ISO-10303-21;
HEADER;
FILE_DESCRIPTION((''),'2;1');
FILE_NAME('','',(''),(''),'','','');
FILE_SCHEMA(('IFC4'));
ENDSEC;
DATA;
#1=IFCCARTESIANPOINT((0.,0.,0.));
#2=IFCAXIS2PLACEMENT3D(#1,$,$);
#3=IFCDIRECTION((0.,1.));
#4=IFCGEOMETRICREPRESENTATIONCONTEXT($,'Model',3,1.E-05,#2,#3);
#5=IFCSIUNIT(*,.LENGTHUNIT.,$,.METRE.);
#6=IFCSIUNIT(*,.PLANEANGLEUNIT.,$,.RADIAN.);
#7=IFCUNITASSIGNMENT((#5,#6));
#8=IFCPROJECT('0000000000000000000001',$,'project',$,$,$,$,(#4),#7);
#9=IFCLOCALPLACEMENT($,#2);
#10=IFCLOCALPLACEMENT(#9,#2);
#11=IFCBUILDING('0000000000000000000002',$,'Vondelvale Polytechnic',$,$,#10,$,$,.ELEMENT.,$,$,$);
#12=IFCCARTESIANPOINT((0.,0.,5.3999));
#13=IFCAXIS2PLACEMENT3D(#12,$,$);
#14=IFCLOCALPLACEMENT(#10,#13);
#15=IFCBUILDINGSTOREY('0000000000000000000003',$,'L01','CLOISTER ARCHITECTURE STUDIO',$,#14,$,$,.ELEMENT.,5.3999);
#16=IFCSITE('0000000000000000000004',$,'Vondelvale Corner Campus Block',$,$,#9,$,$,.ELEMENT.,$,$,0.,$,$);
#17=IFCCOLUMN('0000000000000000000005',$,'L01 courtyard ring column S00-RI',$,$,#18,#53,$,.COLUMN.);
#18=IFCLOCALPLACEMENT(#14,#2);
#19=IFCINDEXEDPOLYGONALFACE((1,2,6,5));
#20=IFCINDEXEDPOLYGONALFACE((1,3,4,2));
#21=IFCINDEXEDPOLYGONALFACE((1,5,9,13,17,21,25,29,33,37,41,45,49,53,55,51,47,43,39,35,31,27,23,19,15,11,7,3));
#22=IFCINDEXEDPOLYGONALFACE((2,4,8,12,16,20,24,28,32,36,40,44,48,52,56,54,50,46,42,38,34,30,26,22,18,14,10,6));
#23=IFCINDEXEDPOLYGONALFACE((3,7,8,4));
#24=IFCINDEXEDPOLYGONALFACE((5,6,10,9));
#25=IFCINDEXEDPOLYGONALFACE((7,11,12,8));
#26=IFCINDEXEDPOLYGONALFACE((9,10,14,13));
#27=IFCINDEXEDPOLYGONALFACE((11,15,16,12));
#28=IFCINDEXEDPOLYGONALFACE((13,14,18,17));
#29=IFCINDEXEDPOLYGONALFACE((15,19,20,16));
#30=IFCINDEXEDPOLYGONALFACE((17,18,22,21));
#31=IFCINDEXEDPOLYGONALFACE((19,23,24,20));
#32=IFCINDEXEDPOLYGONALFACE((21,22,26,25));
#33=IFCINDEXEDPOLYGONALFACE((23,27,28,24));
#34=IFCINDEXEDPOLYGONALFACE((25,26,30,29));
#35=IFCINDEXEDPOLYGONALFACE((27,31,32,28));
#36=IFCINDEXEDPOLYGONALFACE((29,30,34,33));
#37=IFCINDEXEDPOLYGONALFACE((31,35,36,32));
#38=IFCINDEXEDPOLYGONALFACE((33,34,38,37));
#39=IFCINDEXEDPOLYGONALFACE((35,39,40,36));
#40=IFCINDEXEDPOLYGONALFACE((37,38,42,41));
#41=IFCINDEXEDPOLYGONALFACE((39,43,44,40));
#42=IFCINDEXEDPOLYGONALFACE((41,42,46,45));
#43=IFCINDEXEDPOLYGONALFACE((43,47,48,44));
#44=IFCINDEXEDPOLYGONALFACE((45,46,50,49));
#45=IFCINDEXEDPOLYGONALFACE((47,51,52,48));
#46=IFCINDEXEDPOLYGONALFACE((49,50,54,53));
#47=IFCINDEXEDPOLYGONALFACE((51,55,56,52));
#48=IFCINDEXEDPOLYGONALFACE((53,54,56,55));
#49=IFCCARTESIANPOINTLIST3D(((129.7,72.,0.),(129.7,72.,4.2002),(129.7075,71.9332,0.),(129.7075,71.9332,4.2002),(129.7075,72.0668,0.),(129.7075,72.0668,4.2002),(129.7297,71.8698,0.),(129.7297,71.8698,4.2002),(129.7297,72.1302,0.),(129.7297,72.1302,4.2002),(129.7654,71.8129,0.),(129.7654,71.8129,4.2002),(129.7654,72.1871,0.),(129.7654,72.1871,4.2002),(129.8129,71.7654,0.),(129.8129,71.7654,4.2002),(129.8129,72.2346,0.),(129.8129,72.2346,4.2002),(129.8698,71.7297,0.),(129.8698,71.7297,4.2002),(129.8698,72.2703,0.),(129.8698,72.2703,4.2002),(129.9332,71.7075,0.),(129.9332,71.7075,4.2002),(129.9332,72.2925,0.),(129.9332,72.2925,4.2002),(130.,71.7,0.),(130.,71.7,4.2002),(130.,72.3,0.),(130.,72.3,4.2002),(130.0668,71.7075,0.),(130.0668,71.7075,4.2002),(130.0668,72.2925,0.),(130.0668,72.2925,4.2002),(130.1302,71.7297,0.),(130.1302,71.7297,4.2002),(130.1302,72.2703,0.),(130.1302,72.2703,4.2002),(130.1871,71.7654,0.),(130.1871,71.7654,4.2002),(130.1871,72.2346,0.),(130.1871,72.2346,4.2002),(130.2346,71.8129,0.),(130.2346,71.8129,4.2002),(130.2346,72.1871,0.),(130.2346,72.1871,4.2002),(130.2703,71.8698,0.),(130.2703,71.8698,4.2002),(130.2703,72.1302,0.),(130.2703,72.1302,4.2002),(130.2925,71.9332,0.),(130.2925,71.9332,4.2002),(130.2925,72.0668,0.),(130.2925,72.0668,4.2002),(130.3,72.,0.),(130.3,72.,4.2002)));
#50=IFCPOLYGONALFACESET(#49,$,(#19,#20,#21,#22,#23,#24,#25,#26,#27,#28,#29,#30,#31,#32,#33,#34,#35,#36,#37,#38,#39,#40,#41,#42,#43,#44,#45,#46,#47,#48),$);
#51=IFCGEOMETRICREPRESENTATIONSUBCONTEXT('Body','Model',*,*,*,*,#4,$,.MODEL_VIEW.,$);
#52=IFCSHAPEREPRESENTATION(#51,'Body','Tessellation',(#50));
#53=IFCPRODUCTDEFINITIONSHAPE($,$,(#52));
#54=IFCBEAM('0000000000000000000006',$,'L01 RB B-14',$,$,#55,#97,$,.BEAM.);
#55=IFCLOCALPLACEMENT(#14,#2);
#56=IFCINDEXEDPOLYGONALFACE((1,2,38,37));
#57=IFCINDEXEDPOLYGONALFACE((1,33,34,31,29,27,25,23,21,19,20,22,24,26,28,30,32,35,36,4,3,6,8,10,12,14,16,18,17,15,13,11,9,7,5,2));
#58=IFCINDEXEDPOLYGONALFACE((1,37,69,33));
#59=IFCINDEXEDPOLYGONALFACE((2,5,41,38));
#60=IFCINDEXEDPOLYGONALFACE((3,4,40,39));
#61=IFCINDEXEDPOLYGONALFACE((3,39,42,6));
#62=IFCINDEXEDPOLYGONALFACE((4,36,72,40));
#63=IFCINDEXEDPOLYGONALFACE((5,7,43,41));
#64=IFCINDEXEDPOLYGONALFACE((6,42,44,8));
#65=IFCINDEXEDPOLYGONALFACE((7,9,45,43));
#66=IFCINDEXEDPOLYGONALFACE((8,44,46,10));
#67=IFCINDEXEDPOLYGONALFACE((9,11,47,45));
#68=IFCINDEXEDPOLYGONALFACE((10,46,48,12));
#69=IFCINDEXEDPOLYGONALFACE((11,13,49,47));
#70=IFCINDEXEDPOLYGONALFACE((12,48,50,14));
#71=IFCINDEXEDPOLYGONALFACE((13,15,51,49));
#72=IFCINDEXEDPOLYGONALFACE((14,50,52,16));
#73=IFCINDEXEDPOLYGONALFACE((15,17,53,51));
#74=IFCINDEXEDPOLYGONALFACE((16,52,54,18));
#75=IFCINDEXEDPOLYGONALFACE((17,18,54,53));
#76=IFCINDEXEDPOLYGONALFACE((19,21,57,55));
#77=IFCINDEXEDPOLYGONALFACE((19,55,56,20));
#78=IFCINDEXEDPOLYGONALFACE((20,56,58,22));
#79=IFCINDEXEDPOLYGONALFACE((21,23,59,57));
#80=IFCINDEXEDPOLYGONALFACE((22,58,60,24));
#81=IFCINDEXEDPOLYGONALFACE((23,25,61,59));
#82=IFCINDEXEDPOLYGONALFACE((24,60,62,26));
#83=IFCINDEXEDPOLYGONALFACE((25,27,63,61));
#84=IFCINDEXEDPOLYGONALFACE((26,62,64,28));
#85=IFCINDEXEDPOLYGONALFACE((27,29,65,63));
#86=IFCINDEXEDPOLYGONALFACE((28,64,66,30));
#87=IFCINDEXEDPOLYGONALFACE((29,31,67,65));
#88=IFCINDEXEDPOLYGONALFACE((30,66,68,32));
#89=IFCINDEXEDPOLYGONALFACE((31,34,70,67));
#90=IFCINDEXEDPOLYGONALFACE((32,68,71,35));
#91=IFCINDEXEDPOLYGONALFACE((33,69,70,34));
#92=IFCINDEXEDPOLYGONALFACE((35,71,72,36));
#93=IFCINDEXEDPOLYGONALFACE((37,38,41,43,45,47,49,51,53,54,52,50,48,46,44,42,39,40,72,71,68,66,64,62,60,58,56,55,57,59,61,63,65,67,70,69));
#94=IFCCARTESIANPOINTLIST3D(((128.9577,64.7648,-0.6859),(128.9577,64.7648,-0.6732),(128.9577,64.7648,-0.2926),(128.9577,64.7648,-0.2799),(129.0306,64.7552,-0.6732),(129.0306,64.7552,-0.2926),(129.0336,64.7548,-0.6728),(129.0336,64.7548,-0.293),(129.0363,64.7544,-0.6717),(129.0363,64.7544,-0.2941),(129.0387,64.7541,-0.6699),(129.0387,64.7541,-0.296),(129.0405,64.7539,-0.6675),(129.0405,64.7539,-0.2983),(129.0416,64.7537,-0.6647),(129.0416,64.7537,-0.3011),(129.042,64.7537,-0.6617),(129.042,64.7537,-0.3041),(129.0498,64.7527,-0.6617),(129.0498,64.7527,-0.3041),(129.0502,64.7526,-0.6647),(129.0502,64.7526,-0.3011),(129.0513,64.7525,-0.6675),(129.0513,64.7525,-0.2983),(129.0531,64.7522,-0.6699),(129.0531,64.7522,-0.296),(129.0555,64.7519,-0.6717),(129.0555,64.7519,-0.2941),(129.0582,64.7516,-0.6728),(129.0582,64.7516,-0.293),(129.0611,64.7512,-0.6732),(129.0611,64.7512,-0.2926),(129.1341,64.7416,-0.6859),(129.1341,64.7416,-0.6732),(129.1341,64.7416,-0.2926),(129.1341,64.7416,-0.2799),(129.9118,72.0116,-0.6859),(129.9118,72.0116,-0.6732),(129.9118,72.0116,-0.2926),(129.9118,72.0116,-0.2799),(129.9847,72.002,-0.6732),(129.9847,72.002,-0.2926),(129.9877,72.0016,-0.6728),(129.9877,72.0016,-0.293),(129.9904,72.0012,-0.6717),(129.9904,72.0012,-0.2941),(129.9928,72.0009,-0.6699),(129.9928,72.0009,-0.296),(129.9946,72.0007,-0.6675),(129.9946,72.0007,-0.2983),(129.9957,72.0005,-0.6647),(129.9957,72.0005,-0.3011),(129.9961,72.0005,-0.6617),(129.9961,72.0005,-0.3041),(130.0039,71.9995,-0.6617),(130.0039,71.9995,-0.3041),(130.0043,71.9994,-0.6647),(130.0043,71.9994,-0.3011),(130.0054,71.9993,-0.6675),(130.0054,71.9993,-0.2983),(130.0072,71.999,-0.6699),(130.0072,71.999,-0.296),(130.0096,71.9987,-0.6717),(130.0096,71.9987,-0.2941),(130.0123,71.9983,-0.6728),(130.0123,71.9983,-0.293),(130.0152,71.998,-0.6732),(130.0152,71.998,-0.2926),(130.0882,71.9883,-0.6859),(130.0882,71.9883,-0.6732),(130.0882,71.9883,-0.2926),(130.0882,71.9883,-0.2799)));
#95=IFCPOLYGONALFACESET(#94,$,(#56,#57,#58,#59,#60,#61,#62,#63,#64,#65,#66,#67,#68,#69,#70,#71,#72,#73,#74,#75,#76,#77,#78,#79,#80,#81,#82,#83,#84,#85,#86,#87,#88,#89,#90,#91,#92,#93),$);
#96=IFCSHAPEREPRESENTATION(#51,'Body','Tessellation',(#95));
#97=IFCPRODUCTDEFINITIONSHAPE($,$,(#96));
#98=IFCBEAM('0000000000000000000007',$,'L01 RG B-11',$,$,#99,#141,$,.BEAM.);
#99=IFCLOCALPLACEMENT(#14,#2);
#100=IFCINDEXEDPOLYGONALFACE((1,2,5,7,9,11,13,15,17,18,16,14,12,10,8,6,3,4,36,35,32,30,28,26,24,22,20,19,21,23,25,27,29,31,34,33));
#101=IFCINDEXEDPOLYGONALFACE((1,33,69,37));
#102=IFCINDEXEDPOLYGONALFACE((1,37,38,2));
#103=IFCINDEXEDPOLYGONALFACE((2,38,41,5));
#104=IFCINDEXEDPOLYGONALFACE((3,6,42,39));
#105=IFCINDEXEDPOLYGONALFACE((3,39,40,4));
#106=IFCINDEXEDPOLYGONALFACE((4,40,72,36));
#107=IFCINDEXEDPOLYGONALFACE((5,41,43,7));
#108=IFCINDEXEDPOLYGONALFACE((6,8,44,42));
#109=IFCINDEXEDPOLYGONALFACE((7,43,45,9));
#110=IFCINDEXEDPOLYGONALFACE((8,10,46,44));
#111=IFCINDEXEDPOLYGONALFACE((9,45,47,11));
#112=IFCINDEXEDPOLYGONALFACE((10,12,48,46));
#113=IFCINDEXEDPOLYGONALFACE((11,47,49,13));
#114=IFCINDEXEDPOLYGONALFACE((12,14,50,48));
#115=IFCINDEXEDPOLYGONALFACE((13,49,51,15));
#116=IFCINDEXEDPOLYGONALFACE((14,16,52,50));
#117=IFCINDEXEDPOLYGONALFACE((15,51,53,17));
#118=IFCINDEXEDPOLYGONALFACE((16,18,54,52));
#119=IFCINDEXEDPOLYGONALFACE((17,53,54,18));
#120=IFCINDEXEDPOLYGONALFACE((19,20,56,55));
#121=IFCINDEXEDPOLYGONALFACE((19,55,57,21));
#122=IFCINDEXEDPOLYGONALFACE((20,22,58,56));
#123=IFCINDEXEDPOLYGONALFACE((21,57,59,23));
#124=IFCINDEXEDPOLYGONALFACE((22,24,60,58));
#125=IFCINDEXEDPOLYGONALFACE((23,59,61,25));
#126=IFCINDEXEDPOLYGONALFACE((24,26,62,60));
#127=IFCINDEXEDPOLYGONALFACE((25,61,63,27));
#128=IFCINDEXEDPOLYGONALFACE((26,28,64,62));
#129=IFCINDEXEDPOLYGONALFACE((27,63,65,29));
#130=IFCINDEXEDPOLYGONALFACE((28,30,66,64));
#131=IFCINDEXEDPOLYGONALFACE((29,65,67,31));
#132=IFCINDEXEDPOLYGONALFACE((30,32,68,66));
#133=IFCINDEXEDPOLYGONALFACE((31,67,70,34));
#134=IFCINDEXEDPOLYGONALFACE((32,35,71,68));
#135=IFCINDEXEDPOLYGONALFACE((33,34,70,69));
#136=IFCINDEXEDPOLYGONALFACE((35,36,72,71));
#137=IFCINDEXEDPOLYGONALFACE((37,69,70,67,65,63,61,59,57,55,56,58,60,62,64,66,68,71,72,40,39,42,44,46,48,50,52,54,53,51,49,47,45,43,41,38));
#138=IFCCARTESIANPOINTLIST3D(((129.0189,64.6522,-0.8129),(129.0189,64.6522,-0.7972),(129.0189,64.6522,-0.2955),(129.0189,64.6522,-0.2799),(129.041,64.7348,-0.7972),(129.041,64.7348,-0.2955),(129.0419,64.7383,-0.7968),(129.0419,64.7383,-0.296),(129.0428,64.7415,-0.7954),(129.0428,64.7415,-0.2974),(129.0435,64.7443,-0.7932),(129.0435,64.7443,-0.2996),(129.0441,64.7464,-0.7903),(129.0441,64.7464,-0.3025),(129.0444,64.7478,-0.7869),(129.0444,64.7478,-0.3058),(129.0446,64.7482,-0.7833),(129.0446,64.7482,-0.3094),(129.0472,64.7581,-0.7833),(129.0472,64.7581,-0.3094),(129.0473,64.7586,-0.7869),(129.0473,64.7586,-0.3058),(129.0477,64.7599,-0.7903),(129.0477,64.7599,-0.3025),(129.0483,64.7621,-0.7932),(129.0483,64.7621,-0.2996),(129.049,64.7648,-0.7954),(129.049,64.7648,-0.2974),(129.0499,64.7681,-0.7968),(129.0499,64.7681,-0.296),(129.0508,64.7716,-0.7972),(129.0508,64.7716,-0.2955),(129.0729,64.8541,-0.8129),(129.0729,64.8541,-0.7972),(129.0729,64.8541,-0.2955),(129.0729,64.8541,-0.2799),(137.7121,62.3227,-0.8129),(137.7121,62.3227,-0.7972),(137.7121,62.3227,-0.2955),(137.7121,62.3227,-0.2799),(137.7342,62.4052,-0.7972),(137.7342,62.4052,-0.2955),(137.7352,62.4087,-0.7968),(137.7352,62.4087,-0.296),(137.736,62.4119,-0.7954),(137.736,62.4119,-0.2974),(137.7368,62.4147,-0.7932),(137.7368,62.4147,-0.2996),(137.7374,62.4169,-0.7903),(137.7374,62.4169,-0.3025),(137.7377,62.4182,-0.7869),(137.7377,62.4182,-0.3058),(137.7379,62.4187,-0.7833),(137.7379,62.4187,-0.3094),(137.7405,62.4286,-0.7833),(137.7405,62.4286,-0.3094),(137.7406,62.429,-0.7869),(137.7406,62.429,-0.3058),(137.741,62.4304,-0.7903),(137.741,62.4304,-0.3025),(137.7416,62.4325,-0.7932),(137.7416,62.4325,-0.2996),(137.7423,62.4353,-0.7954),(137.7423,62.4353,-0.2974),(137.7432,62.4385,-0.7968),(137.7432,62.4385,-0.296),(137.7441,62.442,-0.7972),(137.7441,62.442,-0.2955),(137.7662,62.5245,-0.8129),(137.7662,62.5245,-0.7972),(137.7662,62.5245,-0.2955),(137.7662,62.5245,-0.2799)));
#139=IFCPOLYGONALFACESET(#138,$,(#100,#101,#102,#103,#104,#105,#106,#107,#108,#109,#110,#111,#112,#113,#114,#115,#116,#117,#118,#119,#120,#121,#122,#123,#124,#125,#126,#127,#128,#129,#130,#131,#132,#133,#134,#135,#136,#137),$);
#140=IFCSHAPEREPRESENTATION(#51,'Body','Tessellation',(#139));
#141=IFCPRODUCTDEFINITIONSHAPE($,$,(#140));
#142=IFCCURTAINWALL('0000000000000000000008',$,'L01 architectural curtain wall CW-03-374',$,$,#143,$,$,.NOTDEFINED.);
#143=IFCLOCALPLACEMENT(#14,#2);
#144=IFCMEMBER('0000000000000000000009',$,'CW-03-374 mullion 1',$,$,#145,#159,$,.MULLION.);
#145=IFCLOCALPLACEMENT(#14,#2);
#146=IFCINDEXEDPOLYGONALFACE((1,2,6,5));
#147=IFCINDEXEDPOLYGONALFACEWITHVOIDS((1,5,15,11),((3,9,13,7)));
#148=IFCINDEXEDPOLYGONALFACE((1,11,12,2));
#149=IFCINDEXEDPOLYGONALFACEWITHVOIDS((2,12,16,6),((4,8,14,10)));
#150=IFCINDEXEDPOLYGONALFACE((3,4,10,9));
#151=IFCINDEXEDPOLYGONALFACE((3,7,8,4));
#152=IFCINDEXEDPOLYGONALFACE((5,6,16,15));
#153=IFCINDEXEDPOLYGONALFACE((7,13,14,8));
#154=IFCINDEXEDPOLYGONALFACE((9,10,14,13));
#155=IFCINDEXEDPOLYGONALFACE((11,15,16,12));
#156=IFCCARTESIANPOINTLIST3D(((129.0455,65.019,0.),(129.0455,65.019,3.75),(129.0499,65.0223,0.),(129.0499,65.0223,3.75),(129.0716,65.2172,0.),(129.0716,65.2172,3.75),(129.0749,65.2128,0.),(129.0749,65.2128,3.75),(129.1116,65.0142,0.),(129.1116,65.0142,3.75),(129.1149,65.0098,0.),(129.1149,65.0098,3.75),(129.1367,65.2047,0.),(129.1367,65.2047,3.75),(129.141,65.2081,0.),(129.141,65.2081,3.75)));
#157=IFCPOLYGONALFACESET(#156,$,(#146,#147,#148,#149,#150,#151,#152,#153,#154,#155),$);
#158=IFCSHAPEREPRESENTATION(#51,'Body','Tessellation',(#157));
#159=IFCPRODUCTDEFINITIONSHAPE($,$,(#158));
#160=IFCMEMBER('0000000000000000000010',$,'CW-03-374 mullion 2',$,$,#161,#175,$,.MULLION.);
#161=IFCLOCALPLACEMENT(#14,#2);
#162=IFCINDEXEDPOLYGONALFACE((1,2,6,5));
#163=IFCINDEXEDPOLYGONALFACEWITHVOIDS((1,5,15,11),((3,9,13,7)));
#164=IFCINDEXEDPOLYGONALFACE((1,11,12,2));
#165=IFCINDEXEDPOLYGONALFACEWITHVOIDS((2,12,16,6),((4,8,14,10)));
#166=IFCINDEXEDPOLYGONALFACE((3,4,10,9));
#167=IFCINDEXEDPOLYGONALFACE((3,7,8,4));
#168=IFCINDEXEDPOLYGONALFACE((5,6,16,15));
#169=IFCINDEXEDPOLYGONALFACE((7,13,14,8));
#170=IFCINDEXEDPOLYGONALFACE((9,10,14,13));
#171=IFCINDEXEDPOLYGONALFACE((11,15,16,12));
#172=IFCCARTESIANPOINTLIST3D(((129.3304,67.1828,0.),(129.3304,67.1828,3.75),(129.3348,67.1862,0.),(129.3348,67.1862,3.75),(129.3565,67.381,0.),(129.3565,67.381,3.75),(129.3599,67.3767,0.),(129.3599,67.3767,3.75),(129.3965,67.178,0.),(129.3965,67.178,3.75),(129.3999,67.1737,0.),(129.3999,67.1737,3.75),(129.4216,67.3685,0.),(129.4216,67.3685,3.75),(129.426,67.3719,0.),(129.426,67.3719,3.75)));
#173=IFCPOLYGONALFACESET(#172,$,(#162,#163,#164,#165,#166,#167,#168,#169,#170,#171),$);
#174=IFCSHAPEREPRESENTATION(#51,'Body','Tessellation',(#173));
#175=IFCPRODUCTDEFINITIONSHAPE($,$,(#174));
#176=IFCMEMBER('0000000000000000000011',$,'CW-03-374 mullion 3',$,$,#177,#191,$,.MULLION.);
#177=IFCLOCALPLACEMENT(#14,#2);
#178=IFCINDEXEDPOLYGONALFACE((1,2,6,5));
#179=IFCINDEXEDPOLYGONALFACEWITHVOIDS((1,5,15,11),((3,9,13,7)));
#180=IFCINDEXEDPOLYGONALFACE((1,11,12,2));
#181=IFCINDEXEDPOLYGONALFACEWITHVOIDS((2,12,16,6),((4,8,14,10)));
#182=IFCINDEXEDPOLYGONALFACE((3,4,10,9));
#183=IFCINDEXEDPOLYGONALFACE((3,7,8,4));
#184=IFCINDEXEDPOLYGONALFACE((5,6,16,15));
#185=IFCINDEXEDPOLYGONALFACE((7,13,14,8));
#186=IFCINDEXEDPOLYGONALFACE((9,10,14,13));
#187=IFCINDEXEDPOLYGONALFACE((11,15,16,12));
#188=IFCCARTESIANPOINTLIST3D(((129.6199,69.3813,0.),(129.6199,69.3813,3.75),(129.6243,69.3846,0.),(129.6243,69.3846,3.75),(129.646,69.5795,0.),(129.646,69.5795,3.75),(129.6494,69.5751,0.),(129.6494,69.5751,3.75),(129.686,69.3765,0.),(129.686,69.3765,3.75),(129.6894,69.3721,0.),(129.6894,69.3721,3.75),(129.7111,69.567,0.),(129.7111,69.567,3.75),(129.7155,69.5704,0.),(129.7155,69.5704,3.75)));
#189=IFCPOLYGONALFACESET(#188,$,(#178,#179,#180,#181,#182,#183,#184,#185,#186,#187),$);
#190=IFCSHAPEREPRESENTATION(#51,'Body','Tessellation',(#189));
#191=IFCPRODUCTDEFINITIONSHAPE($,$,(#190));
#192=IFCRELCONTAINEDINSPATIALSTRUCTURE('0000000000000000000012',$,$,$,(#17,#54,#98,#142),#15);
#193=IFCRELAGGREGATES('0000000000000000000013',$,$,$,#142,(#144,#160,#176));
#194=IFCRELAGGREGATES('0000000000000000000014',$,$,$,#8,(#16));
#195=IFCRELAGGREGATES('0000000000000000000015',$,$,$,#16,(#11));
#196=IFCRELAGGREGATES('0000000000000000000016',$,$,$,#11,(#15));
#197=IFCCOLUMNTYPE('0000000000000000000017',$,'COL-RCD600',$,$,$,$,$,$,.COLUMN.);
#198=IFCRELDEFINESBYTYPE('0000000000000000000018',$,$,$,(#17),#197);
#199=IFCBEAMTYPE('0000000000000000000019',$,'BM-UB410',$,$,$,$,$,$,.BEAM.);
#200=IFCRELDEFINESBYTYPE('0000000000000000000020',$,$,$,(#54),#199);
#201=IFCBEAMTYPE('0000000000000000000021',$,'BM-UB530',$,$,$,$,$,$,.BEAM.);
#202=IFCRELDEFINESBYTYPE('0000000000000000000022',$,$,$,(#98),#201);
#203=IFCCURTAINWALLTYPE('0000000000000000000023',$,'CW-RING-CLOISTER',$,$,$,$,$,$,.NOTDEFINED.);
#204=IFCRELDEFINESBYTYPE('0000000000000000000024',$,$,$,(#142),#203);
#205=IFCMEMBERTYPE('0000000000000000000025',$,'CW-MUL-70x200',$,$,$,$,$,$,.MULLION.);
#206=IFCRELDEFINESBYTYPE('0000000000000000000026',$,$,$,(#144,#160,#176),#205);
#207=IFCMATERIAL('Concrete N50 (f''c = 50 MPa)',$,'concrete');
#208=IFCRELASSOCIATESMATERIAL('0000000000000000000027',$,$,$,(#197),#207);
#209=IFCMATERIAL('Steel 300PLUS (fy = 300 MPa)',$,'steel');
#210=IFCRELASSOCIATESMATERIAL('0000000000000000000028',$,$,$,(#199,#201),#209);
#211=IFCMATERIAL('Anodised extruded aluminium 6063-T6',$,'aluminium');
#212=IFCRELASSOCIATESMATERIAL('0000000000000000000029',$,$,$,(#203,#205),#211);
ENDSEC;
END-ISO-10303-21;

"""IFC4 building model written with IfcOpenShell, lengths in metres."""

from ifc_helpers import new_model, si_unit, direction, frame, origin, origin_2d, place, context, subcontext, project, spatial, hollow_rectangle, circle, i_section, extrude, material, material_profile, profile_set, type_object, element, aggregate, save


model = new_model("IFC4")

# Units and contexts
model_context = context("Model", 3, precision=1e-05, world=origin(), true_north=direction((0.0, 1.0)))
body_context = subcontext(model_context, "Body", "Model", "MODEL_VIEW")
ifc_project = project(units=[si_unit("LENGTHUNIT", "METRE"), si_unit("PLANEANGLEUNIT", "RADIAN")], contexts=[model_context])

# Site, building, storey
site_placement = place(None, origin())
site = spatial("IfcSite", under=ifc_project, at=site_placement, Name="Vondelvale Corner Campus Block", CompositionType="ELEMENT", RefElevation=0.0)
building_placement = place(site_placement, origin())
building = spatial("IfcBuilding", under=site, at=building_placement, Name="Vondelvale Polytechnic", CompositionType="ELEMENT")
storey_placement = place(building_placement, frame((0.0, 0.0, 5.3999)))
storey = spatial("IfcBuildingStorey", under=building, at=storey_placement, Name="L01", Description="CLOISTER ARCHITECTURE STUDIO", CompositionType="ELEMENT", Elevation=5.3999)

# Column
ifc_material_1 = material(Name="Concrete N50 (f'c = 50 MPa)", Category="concrete")
ifc_material_profile_1 = material_profile(ifc_material_1, circle(Radius=0.3, at=origin_2d()), Name="RC-COL-D600")
ifc_profile_set_1 = profile_set([ifc_material_profile_1], Name="Concrete N50 (f'c = 50 MPa)")
column_type = type_object("IfcColumnType", Name="COL-RCD600", PredefinedType="COLUMN", material=ifc_profile_set_1)
for number, where, z_axis, x_axis, name in (
    (1, (130.0, 72.0, 0.0), (0.0, 0.0, 1.0), (1.0, 0.0, 0.0), "L01 courtyard ring column S00-RI"),
):
    element("IfcColumn", number, at=place(storey_placement, frame(where, z_axis=z_axis, x_axis=x_axis)), inside=storey, type_object=column_type, Name=name, PredefinedType="COLUMN", context=body_context, shape_type="SweptSolid", body=[
        extrude(circle(Radius=0.3, at=origin_2d()), origin(), (0.0, 0.0, 1.0), 4.2002),
    ])

# Beams
ifc_material_2 = material(Name="Steel 300PLUS (fy = 300 MPa)", Category="steel")
ifc_material_profile_2 = material_profile(ifc_material_2, i_section(OverallWidth=0.178, OverallDepth=0.406, WebThickness=0.0078, FlangeThickness=0.0127, FilletRadius=0.0115, at=origin_2d()), Name="410UB59.7")
ifc_profile_set_2 = profile_set([ifc_material_profile_2], Name="Steel 300PLUS (fy = 300 MPa)")
beam_type_1 = type_object("IfcBeamType", Name="BM-UB410", PredefinedType="BEAM", material=ifc_profile_set_2)
beam_1_placement = place(storey_placement, frame((129.0459, 64.7532, -0.4829), z_axis=(0.130531, 0.991444, 0.0), x_axis=(-0.991444, 0.130531, 0.0)))
element("IfcBeam", 2, at=beam_1_placement, inside=storey, type_object=beam_type_1, Name="L01 RB B-14", PredefinedType="BEAM", context=body_context, shape_type="SweptSolid", body=[
    extrude(i_section(OverallWidth=0.178, OverallDepth=0.406, WebThickness=0.0078, FlangeThickness=0.0127, FilletRadius=0.0115, at=origin_2d()), origin(), (0.0, 0.0, 1.0), 7.3093),
])
ifc_material_profile_3 = material_profile(ifc_material_2, i_section(OverallWidth=0.209, OverallDepth=0.533, WebThickness=0.0103, FlangeThickness=0.0156, FilletRadius=0.0139, at=origin_2d()), Name="530UB92.4")
ifc_profile_set_3 = profile_set([ifc_material_profile_3], Name="Steel 300PLUS (fy = 300 MPa)")
beam_type_2 = type_object("IfcBeamType", Name="BM-UB530", PredefinedType="BEAM", material=ifc_profile_set_3)
beam_2_placement = place(storey_placement, frame((129.0459, 64.7532, -0.5464), z_axis=(0.96592, -0.258841, 0.0), x_axis=(0.258841, 0.96592, 0.0)))
element("IfcBeam", 3, at=beam_2_placement, inside=storey, type_object=beam_type_2, Name="L01 RG B-11", PredefinedType="BEAM", context=body_context, shape_type="SweptSolid", body=[
    extrude(i_section(OverallWidth=0.209, OverallDepth=0.533, WebThickness=0.0103, FlangeThickness=0.0156, FilletRadius=0.0139, at=origin_2d()), origin(), (0.0, 0.0, 1.0), 9.0),
])

# Curtain wall, members
ifc_material_3 = material(Name="Anodised extruded aluminium 6063-T6", Category="aluminium")
curtain_wall_type = type_object("IfcCurtainWallType", Name="CW-RING-CLOISTER", PredefinedType="NOTDEFINED", material=ifc_material_3)
curtain_wall_placement = place(storey_placement, origin())
curtain_wall = element("IfcCurtainWall", 4, at=curtain_wall_placement, inside=storey, type_object=curtain_wall_type, Name="L01 architectural curtain wall CW-03-374", PredefinedType="NOTDEFINED")
ifc_material_profile_4 = material_profile(ifc_material_3, hollow_rectangle(XDim=0.0701, YDim=0.2, WallThickness=0.0039, at=origin_2d()), Name="CW-MUL-200x70")
ifc_profile_set_4 = profile_set([ifc_material_profile_4], Name="Anodised extruded aluminium 6063-T6")
member_type_1 = type_object("IfcMemberType", Name="CW-MUL-70x200", PredefinedType="MULLION", material=ifc_profile_set_4)
member_1_placement = place(storey_placement, frame((129.0933, 65.1135, 0.0), z_axis=(0.0, 0.0, 1.0), x_axis=(-0.991445, 0.130528, 0.0)))
member_1 = element("IfcMember", 5, at=member_1_placement, type_object=member_type_1, Name="CW-03-374 mullion 1", PredefinedType="MULLION", context=body_context, shape_type="SweptSolid", body=[
    extrude(hollow_rectangle(XDim=0.0701, YDim=0.2, WallThickness=0.0039, at=origin_2d()), origin(), (0.0, 0.0, 1.0), 3.75),
])
member_2_placement = place(storey_placement, frame((129.3782, 67.2773, 0.0), z_axis=(0.0, 0.0, 1.0), x_axis=(-0.991445, 0.130528, 0.0)))
member_2 = element("IfcMember", 6, at=member_2_placement, type_object=member_type_1, Name="CW-03-374 mullion 2", PredefinedType="MULLION", context=body_context, shape_type="SweptSolid", body=[
    extrude(hollow_rectangle(XDim=0.0701, YDim=0.2, WallThickness=0.0039, at=origin_2d()), origin(), (0.0, 0.0, 1.0), 3.75),
])
member_3_placement = place(storey_placement, frame((129.6677, 69.4758, 0.0), z_axis=(0.0, 0.0, 1.0), x_axis=(-0.991445, 0.130528, 0.0)))
member_3 = element("IfcMember", 7, at=member_3_placement, type_object=member_type_1, Name="CW-03-374 mullion 3", PredefinedType="MULLION", context=body_context, shape_type="SweptSolid", body=[
    extrude(hollow_rectangle(XDim=0.0701, YDim=0.2, WallThickness=0.0039, at=origin_2d()), origin(), (0.0, 0.0, 1.0), 3.75),
])
aggregate(curtain_wall, [member_1, member_2, member_3])

save(model, "model.ifc")
